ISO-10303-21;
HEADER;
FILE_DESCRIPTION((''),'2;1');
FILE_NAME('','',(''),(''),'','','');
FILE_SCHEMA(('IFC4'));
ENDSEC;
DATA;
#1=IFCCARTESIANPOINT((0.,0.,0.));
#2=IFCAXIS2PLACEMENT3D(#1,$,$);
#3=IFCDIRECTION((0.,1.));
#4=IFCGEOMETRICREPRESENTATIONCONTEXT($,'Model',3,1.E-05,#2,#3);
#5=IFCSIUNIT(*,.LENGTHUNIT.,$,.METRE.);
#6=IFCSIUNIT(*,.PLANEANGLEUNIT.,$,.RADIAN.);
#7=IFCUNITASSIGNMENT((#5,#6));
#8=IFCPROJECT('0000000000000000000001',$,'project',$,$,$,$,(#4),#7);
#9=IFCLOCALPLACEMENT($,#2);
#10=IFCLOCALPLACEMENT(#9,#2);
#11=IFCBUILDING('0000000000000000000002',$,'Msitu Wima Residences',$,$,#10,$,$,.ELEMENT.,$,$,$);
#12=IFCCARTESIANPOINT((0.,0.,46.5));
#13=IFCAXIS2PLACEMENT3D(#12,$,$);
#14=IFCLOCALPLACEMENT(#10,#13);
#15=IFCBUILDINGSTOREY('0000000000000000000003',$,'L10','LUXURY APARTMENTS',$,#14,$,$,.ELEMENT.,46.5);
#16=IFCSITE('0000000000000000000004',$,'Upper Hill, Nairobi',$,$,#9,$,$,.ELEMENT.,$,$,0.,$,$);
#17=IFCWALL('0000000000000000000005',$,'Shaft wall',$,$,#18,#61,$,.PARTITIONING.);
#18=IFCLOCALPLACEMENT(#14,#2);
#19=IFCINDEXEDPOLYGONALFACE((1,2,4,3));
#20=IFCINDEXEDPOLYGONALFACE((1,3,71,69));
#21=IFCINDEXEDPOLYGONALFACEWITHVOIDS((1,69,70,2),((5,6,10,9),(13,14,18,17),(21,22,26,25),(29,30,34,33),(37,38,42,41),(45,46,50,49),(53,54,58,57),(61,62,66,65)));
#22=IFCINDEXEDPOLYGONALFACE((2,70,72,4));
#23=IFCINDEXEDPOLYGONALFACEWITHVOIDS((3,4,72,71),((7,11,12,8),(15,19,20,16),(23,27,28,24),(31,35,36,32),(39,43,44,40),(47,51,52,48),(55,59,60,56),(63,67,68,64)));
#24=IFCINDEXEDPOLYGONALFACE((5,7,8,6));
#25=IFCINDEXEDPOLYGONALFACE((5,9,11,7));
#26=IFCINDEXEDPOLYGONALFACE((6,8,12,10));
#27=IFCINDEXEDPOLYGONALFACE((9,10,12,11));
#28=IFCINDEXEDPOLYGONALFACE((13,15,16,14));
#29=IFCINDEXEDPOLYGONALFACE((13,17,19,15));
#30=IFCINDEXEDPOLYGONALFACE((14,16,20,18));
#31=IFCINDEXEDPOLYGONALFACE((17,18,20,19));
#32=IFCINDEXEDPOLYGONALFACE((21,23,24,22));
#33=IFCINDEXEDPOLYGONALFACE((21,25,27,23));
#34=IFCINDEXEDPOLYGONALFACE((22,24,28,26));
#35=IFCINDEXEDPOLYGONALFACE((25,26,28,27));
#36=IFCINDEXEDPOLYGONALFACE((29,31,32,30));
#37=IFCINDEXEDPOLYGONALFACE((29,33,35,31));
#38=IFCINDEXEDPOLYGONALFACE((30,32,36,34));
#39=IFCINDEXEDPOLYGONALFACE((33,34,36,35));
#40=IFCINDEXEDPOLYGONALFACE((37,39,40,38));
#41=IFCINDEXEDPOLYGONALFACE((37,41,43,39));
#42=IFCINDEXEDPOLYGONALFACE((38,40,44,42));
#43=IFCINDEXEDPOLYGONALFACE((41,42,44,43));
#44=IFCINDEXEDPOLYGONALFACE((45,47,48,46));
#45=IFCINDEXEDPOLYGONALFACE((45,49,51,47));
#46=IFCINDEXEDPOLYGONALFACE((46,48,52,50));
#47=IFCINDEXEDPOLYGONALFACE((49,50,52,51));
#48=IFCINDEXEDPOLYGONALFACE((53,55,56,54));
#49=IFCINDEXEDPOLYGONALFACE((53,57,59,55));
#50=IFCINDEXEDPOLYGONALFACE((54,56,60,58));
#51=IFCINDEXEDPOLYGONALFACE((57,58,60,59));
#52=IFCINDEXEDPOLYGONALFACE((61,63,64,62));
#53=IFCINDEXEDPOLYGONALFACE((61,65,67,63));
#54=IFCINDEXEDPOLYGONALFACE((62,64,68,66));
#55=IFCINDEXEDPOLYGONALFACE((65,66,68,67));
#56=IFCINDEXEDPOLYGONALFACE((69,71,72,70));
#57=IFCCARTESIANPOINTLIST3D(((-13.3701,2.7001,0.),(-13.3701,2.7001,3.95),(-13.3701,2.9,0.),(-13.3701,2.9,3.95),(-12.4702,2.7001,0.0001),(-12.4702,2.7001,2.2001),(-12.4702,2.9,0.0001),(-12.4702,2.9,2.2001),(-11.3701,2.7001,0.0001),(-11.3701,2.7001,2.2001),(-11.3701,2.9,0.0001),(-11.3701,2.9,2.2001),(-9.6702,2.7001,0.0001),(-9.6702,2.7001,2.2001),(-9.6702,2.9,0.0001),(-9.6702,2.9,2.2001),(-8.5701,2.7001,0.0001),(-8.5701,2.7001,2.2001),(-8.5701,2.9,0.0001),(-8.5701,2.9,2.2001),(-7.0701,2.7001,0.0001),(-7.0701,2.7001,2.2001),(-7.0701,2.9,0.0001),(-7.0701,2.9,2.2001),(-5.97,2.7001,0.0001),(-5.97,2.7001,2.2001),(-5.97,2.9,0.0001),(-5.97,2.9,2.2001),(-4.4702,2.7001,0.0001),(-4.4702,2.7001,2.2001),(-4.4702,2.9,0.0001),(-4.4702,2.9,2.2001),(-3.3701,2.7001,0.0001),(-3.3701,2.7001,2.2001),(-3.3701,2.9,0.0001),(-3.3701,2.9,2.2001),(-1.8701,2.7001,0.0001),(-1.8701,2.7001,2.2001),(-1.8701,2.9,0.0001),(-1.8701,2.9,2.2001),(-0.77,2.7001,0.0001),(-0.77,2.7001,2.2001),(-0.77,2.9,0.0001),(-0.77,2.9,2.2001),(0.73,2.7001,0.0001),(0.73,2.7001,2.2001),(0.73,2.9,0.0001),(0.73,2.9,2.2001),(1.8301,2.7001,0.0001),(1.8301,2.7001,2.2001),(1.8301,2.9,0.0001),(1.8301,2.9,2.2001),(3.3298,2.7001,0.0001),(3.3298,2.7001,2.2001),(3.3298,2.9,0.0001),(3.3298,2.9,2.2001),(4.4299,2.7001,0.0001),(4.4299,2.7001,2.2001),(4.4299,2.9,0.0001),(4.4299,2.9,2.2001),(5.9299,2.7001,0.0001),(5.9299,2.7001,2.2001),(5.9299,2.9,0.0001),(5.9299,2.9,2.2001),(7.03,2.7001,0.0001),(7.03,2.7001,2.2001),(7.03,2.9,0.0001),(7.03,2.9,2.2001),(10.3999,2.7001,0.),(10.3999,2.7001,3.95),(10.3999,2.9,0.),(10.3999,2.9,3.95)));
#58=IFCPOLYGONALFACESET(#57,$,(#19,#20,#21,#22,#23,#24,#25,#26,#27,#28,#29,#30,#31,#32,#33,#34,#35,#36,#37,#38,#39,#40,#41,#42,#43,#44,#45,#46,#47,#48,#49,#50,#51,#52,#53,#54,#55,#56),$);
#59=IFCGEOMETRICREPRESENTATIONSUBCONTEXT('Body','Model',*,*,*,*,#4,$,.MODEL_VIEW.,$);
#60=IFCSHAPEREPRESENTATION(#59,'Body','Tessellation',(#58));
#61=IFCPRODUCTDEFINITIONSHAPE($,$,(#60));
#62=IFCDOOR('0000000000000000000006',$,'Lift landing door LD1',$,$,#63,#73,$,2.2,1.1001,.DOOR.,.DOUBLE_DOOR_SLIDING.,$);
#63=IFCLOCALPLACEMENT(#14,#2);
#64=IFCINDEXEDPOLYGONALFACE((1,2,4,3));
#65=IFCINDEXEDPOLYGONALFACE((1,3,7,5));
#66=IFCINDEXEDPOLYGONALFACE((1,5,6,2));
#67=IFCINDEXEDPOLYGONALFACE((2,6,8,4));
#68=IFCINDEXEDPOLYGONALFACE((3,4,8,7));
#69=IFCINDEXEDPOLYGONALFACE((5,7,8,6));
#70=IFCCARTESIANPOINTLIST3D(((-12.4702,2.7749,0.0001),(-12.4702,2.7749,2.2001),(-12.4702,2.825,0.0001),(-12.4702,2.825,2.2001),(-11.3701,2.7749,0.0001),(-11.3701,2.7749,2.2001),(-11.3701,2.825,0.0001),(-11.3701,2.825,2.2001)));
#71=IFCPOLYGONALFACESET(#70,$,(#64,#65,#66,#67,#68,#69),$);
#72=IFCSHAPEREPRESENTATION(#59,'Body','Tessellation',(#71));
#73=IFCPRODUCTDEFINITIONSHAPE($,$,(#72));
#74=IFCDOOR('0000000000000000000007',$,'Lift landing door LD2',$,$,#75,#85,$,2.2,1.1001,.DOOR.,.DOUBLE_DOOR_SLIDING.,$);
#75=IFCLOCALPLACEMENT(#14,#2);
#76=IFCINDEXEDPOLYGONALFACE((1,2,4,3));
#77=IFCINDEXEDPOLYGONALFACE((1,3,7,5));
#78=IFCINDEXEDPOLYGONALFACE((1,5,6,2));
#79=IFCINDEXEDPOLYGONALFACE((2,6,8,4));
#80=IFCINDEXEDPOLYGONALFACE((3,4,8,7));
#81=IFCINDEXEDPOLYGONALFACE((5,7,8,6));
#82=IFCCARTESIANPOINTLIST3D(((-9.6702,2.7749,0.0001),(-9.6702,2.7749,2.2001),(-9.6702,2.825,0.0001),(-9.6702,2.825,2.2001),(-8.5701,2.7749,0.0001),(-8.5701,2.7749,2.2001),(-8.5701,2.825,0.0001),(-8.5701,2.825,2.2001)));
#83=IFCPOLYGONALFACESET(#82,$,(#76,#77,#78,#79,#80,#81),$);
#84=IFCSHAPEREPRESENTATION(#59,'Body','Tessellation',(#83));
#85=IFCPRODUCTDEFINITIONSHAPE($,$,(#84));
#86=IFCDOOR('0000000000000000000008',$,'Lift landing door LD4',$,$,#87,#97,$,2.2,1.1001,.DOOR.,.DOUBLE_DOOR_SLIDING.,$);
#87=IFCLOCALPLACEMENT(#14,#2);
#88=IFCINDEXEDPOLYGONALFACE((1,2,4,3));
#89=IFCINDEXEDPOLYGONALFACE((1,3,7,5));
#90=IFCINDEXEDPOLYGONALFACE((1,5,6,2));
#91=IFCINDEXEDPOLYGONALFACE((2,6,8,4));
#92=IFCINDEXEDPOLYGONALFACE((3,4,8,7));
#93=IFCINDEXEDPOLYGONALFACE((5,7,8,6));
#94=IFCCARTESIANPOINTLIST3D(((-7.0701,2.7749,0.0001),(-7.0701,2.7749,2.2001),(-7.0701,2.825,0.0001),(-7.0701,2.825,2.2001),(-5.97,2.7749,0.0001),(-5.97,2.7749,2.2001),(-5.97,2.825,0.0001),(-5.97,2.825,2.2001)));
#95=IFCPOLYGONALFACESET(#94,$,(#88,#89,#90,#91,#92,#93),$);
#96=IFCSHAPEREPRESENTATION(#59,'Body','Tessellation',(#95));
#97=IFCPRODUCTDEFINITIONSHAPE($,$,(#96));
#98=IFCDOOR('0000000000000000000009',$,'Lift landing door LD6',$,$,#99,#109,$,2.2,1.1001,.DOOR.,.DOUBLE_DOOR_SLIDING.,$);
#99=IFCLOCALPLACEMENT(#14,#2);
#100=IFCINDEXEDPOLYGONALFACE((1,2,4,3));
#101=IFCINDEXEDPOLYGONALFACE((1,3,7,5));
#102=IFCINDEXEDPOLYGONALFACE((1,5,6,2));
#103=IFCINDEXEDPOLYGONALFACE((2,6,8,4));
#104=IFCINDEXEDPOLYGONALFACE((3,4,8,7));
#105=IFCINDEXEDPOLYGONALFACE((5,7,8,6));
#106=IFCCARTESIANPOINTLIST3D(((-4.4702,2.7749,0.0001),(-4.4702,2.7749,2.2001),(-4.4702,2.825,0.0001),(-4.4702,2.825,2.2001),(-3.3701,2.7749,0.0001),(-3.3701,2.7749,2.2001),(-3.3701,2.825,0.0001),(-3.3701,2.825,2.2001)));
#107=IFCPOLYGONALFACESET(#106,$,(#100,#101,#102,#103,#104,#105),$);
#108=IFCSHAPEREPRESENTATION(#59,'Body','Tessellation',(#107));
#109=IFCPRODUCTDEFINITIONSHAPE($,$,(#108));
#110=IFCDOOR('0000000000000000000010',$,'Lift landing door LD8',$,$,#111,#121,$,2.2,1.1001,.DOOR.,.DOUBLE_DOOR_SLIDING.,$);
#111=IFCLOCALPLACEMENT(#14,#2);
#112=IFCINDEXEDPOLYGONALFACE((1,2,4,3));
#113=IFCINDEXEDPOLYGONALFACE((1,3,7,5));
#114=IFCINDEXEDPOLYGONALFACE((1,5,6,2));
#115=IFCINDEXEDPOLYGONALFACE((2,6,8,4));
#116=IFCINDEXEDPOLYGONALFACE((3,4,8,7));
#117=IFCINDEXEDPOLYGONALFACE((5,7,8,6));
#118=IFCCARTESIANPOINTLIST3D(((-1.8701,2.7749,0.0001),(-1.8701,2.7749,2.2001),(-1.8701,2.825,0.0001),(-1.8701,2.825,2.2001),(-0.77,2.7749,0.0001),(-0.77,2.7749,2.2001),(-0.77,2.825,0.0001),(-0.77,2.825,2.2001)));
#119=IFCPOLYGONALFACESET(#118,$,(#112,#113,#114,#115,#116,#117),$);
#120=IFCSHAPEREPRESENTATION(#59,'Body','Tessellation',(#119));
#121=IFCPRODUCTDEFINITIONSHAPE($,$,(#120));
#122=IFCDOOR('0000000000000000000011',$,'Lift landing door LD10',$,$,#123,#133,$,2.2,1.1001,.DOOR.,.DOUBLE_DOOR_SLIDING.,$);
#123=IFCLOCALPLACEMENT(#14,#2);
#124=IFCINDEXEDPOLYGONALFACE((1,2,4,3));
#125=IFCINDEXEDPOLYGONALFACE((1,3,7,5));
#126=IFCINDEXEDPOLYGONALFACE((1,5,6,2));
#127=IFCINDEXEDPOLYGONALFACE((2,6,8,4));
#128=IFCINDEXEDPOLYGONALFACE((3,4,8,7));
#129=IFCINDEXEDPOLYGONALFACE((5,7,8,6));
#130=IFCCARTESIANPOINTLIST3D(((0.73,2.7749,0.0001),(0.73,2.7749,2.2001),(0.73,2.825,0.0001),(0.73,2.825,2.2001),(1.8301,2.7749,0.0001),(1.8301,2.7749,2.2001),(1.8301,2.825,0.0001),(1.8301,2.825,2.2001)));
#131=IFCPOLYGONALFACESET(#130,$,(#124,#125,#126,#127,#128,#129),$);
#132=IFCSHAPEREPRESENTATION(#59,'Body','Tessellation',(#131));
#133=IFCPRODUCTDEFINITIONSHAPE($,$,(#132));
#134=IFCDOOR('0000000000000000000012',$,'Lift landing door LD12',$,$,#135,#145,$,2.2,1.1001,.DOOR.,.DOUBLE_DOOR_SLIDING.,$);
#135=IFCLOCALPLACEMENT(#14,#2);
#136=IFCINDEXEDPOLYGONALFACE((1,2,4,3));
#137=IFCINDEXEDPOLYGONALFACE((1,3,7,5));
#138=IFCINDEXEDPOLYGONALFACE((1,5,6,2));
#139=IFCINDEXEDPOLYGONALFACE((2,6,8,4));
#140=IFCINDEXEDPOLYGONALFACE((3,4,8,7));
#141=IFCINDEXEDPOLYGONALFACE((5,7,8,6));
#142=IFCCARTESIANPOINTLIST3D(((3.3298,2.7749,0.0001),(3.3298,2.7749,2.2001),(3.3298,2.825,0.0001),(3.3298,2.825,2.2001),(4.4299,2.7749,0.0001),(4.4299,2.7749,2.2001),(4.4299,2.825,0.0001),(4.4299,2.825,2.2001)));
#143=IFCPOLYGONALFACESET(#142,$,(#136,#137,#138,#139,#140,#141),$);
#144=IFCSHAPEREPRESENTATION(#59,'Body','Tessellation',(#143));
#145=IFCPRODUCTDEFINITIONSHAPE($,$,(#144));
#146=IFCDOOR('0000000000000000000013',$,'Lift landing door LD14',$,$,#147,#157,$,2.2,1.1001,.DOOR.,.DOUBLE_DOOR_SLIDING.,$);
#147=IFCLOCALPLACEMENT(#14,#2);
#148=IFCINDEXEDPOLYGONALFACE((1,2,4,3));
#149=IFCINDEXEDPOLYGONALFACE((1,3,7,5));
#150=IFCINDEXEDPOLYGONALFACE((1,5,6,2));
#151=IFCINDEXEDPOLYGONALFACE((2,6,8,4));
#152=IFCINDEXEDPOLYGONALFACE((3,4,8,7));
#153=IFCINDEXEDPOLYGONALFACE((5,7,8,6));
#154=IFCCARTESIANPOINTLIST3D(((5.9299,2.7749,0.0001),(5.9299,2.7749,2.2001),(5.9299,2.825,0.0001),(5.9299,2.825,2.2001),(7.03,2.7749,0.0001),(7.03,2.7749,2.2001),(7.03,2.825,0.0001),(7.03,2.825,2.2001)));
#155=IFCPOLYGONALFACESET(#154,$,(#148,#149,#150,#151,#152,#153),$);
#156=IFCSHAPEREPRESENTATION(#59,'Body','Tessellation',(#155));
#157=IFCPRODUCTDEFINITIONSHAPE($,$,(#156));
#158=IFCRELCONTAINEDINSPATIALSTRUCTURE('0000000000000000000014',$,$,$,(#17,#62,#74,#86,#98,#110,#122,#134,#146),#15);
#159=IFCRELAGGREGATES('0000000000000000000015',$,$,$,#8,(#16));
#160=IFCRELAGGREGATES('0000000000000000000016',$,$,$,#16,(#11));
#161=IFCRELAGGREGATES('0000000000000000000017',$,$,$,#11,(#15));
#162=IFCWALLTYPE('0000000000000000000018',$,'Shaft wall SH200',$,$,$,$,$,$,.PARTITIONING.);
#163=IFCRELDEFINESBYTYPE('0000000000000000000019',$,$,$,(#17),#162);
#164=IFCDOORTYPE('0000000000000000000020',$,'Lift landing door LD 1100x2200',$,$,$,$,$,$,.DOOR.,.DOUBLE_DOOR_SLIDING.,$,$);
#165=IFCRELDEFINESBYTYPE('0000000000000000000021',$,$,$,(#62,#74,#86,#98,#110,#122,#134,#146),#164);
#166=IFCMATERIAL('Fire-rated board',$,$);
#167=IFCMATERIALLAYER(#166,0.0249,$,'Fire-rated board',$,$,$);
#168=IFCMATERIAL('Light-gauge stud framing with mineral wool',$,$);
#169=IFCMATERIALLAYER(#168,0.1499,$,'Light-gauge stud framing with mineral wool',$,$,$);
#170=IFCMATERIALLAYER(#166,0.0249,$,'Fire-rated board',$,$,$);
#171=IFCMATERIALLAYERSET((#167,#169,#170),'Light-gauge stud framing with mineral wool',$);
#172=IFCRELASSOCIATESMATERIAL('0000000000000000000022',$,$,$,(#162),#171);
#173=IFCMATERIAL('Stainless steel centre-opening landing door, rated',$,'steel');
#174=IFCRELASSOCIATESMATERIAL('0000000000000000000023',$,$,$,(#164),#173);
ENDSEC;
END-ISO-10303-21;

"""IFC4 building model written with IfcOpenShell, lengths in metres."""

from ifc_helpers import new_model, si_unit, direction, frame, frame_2d, origin, place, context, subcontext, project, spatial, rectangle, extrude, material, layer, layer_set, type_object, element, fill, save


model = new_model("IFC4")

# Units and contexts
model_context = context("Model", 3, precision=1e-05, world=origin(), true_north=direction((0.0, 1.0)))
body_context = subcontext(model_context, "Body", "Model", "MODEL_VIEW")
ifc_project = project(units=[si_unit("LENGTHUNIT", "METRE"), si_unit("PLANEANGLEUNIT", "RADIAN")], contexts=[model_context])

# Site, building, storey
site_placement = place(None, origin())
site = spatial("IfcSite", under=ifc_project, at=site_placement, Name="Upper Hill, Nairobi", CompositionType="ELEMENT", RefElevation=0.0)
building_placement = place(site_placement, origin())
building = spatial("IfcBuilding", under=site, at=building_placement, Name="Msitu Wima Residences", CompositionType="ELEMENT")
storey_placement = place(building_placement, frame((0.0, 0.0, 46.5)))
storey = spatial("IfcBuildingStorey", under=building, at=storey_placement, Name="L10", Description="LUXURY APARTMENTS", CompositionType="ELEMENT", Elevation=46.5)

# Wall, openings, doors
ifc_material_1 = material(Name="Fire-rated board")
ifc_layer_1 = layer(ifc_material_1, 0.0249, Name="Fire-rated board")
ifc_material_2 = material(Name="Light-gauge stud framing with mineral wool")
ifc_layer_2 = layer(ifc_material_2, 0.1499, Name="Light-gauge stud framing with mineral wool")
ifc_layer_3 = layer(ifc_material_1, 0.0249, Name="Fire-rated board")
ifc_layer_set_1 = layer_set([ifc_layer_1, ifc_layer_2, ifc_layer_3], Name="Light-gauge stud framing with mineral wool")
wall_type_1 = type_object("IfcWallType", Name="Shaft wall SH200", PredefinedType="PARTITIONING", material=ifc_layer_set_1)
wall_1_placement = place(storey_placement, frame((-13.3701, 2.8, 0.0), z_axis=(0.0, 0.0, 1.0), x_axis=(1.0, 0.0, 0.0)))
wall_1 = element("IfcWall", 1, at=wall_1_placement, inside=storey, type_object=wall_type_1, Name="Shaft wall", PredefinedType="PARTITIONING", context=body_context, shape_type="SweptSolid", body=[
    extrude(rectangle(XDim=23.77, YDim=0.2, at=frame_2d((11.885, 0.0))), origin(), (0.0, 0.0, 1.0), 3.95),
])
opening_1_placement = place(wall_1_placement, frame((0.8999, 0.0, 0.0)))
opening_1 = element("IfcOpeningElement", 2, at=opening_1_placement, cuts=wall_1, PredefinedType="OPENING", context=body_context, shape_type="SweptSolid", body=[
    extrude(rectangle(XDim=1.1001, YDim=2.2, at=frame_2d((0.55, 1.1001))), frame((0.0, 0.1099, 0.0), z_axis=(0.0, -1.0, 0.0), x_axis=(1.0, 0.0, 0.0)), (0.0, 0.0, 1.0), 0.22),
])
opening_2_placement = place(wall_1_placement, frame((3.7, 0.0, 0.0)))
opening_2 = element("IfcOpeningElement", 3, at=opening_2_placement, cuts=wall_1, PredefinedType="OPENING", context=body_context, shape_type="SweptSolid", body=[
    extrude(rectangle(XDim=1.1001, YDim=2.2, at=frame_2d((0.55, 1.1001))), frame((0.0, 0.1099, 0.0), z_axis=(0.0, -1.0, 0.0), x_axis=(1.0, 0.0, 0.0)), (0.0, 0.0, 1.0), 0.22),
])
opening_3_placement = place(wall_1_placement, frame((6.3, 0.0, 0.0)))
opening_3 = element("IfcOpeningElement", 4, at=opening_3_placement, cuts=wall_1, PredefinedType="OPENING", context=body_context, shape_type="SweptSolid", body=[
    extrude(rectangle(XDim=1.1001, YDim=2.2, at=frame_2d((0.55, 1.1001))), frame((0.0, 0.1099, 0.0), z_axis=(0.0, -1.0, 0.0), x_axis=(1.0, 0.0, 0.0)), (0.0, 0.0, 1.0), 0.22),
])
opening_4_placement = place(wall_1_placement, frame((8.8999, 0.0, 0.0)))
opening_4 = element("IfcOpeningElement", 5, at=opening_4_placement, cuts=wall_1, PredefinedType="OPENING", context=body_context, shape_type="SweptSolid", body=[
    extrude(rectangle(XDim=1.1001, YDim=2.2, at=frame_2d((0.55, 1.1001))), frame((0.0, 0.1099, 0.0), z_axis=(0.0, -1.0, 0.0), x_axis=(1.0, 0.0, 0.0)), (0.0, 0.0, 1.0), 0.22),
])
opening_5_placement = place(wall_1_placement, frame((11.5, 0.0, 0.0)))
opening_5 = element("IfcOpeningElement", 6, at=opening_5_placement, cuts=wall_1, PredefinedType="OPENING", context=body_context, shape_type="SweptSolid", body=[
    extrude(rectangle(XDim=1.1001, YDim=2.2, at=frame_2d((0.55, 1.1001))), frame((0.0, 0.1099, 0.0), z_axis=(0.0, -1.0, 0.0), x_axis=(1.0, 0.0, 0.0)), (0.0, 0.0, 1.0), 0.22),
])
opening_6_placement = place(wall_1_placement, frame((14.1001, 0.0, 0.0)))
opening_6 = element("IfcOpeningElement", 7, at=opening_6_placement, cuts=wall_1, PredefinedType="OPENING", context=body_context, shape_type="SweptSolid", body=[
    extrude(rectangle(XDim=1.1001, YDim=2.2, at=frame_2d((0.55, 1.1001))), frame((0.0, 0.1099, 0.0), z_axis=(0.0, -1.0, 0.0), x_axis=(1.0, 0.0, 0.0)), (0.0, 0.0, 1.0), 0.22),
])
opening_7_placement = place(wall_1_placement, frame((16.7, 0.0, 0.0)))
opening_7 = element("IfcOpeningElement", 8, at=opening_7_placement, cuts=wall_1, PredefinedType="OPENING", context=body_context, shape_type="SweptSolid", body=[
    extrude(rectangle(XDim=1.1001, YDim=2.2, at=frame_2d((0.55, 1.1001))), frame((0.0, 0.1099, 0.0), z_axis=(0.0, -1.0, 0.0), x_axis=(1.0, 0.0, 0.0)), (0.0, 0.0, 1.0), 0.22),
])
opening_8_placement = place(wall_1_placement, frame((19.3, 0.0, 0.0)))
opening_8 = element("IfcOpeningElement", 9, at=opening_8_placement, cuts=wall_1, PredefinedType="OPENING", context=body_context, shape_type="SweptSolid", body=[
    extrude(rectangle(XDim=1.1001, YDim=2.2, at=frame_2d((0.55, 1.1001))), frame((0.0, 0.1099, 0.0), z_axis=(0.0, -1.0, 0.0), x_axis=(1.0, 0.0, 0.0)), (0.0, 0.0, 1.0), 0.22),
])
ifc_material_3 = material(Name="Stainless steel centre-opening landing door, rated", Category="steel")
door_type_1 = type_object("IfcDoorType", Name="Lift landing door LD 1100x2200", OperationType="DOUBLE_DOOR_SLIDING", PredefinedType="DOOR", material=ifc_material_3)
door_1_placement = place(opening_1_placement, origin())
door_1 = element("IfcDoor", 10, at=door_1_placement, inside=storey, type_object=door_type_1, Name="Lift landing door LD1", OperationType="DOUBLE_DOOR_SLIDING", OverallHeight=2.2, OverallWidth=1.1001, PredefinedType="DOOR", context=body_context, shape_type="SweptSolid", body=[
    extrude(rectangle(XDim=1.1001, YDim=2.2, at=frame_2d((0.55, 1.1001))), frame((0.0, 0.0249, 0.0), z_axis=(0.0, -1.0, 0.0), x_axis=(1.0, 0.0, 0.0)), (0.0, 0.0, 1.0), 0.05),
])
fill(opening_1, door_1)
door_2_placement = place(opening_2_placement, origin())
door_2 = element("IfcDoor", 11, at=door_2_placement, inside=storey, type_object=door_type_1, Name="Lift landing door LD2", OperationType="DOUBLE_DOOR_SLIDING", OverallHeight=2.2, OverallWidth=1.1001, PredefinedType="DOOR", context=body_context, shape_type="SweptSolid", body=[
    extrude(rectangle(XDim=1.1001, YDim=2.2, at=frame_2d((0.55, 1.1001))), frame((0.0, 0.0249, 0.0), z_axis=(0.0, -1.0, 0.0), x_axis=(1.0, 0.0, 0.0)), (0.0, 0.0, 1.0), 0.05),
])
fill(opening_2, door_2)
door_3_placement = place(opening_3_placement, origin())
door_3 = element("IfcDoor", 12, at=door_3_placement, inside=storey, type_object=door_type_1, Name="Lift landing door LD4", OperationType="DOUBLE_DOOR_SLIDING", OverallHeight=2.2, OverallWidth=1.1001, PredefinedType="DOOR", context=body_context, shape_type="SweptSolid", body=[
    extrude(rectangle(XDim=1.1001, YDim=2.2, at=frame_2d((0.55, 1.1001))), frame((0.0, 0.0249, 0.0), z_axis=(0.0, -1.0, 0.0), x_axis=(1.0, 0.0, 0.0)), (0.0, 0.0, 1.0), 0.05),
])
fill(opening_3, door_3)
door_4_placement = place(opening_4_placement, origin())
door_4 = element("IfcDoor", 13, at=door_4_placement, inside=storey, type_object=door_type_1, Name="Lift landing door LD6", OperationType="DOUBLE_DOOR_SLIDING", OverallHeight=2.2, OverallWidth=1.1001, PredefinedType="DOOR", context=body_context, shape_type="SweptSolid", body=[
    extrude(rectangle(XDim=1.1001, YDim=2.2, at=frame_2d((0.55, 1.1001))), frame((0.0, 0.0249, 0.0), z_axis=(0.0, -1.0, 0.0), x_axis=(1.0, 0.0, 0.0)), (0.0, 0.0, 1.0), 0.05),
])
fill(opening_4, door_4)
door_5_placement = place(opening_5_placement, origin())
door_5 = element("IfcDoor", 14, at=door_5_placement, inside=storey, type_object=door_type_1, Name="Lift landing door LD8", OperationType="DOUBLE_DOOR_SLIDING", OverallHeight=2.2, OverallWidth=1.1001, PredefinedType="DOOR", context=body_context, shape_type="SweptSolid", body=[
    extrude(rectangle(XDim=1.1001, YDim=2.2, at=frame_2d((0.55, 1.1001))), frame((0.0, 0.0249, 0.0), z_axis=(0.0, -1.0, 0.0), x_axis=(1.0, 0.0, 0.0)), (0.0, 0.0, 1.0), 0.05),
])
fill(opening_5, door_5)
door_6_placement = place(opening_6_placement, origin())
door_6 = element("IfcDoor", 15, at=door_6_placement, inside=storey, type_object=door_type_1, Name="Lift landing door LD10", OperationType="DOUBLE_DOOR_SLIDING", OverallHeight=2.2, OverallWidth=1.1001, PredefinedType="DOOR", context=body_context, shape_type="SweptSolid", body=[
    extrude(rectangle(XDim=1.1001, YDim=2.2, at=frame_2d((0.55, 1.1001))), frame((0.0, 0.0249, 0.0), z_axis=(0.0, -1.0, 0.0), x_axis=(1.0, 0.0, 0.0)), (0.0, 0.0, 1.0), 0.05),
])
fill(opening_6, door_6)
door_7_placement = place(opening_7_placement, origin())
door_7 = element("IfcDoor", 16, at=door_7_placement, inside=storey, type_object=door_type_1, Name="Lift landing door LD12", OperationType="DOUBLE_DOOR_SLIDING", OverallHeight=2.2, OverallWidth=1.1001, PredefinedType="DOOR", context=body_context, shape_type="SweptSolid", body=[
    extrude(rectangle(XDim=1.1001, YDim=2.2, at=frame_2d((0.55, 1.1001))), frame((0.0, 0.0249, 0.0), z_axis=(0.0, -1.0, 0.0), x_axis=(1.0, 0.0, 0.0)), (0.0, 0.0, 1.0), 0.05),
])
fill(opening_7, door_7)
door_8_placement = place(opening_8_placement, origin())
door_8 = element("IfcDoor", 17, at=door_8_placement, inside=storey, type_object=door_type_1, Name="Lift landing door LD14", OperationType="DOUBLE_DOOR_SLIDING", OverallHeight=2.2, OverallWidth=1.1001, PredefinedType="DOOR", context=body_context, shape_type="SweptSolid", body=[
    extrude(rectangle(XDim=1.1001, YDim=2.2, at=frame_2d((0.55, 1.1001))), frame((0.0, 0.0249, 0.0), z_axis=(0.0, -1.0, 0.0), x_axis=(1.0, 0.0, 0.0)), (0.0, 0.0, 1.0), 0.05),
])
fill(opening_8, door_8)

save(model, "model.ifc")
